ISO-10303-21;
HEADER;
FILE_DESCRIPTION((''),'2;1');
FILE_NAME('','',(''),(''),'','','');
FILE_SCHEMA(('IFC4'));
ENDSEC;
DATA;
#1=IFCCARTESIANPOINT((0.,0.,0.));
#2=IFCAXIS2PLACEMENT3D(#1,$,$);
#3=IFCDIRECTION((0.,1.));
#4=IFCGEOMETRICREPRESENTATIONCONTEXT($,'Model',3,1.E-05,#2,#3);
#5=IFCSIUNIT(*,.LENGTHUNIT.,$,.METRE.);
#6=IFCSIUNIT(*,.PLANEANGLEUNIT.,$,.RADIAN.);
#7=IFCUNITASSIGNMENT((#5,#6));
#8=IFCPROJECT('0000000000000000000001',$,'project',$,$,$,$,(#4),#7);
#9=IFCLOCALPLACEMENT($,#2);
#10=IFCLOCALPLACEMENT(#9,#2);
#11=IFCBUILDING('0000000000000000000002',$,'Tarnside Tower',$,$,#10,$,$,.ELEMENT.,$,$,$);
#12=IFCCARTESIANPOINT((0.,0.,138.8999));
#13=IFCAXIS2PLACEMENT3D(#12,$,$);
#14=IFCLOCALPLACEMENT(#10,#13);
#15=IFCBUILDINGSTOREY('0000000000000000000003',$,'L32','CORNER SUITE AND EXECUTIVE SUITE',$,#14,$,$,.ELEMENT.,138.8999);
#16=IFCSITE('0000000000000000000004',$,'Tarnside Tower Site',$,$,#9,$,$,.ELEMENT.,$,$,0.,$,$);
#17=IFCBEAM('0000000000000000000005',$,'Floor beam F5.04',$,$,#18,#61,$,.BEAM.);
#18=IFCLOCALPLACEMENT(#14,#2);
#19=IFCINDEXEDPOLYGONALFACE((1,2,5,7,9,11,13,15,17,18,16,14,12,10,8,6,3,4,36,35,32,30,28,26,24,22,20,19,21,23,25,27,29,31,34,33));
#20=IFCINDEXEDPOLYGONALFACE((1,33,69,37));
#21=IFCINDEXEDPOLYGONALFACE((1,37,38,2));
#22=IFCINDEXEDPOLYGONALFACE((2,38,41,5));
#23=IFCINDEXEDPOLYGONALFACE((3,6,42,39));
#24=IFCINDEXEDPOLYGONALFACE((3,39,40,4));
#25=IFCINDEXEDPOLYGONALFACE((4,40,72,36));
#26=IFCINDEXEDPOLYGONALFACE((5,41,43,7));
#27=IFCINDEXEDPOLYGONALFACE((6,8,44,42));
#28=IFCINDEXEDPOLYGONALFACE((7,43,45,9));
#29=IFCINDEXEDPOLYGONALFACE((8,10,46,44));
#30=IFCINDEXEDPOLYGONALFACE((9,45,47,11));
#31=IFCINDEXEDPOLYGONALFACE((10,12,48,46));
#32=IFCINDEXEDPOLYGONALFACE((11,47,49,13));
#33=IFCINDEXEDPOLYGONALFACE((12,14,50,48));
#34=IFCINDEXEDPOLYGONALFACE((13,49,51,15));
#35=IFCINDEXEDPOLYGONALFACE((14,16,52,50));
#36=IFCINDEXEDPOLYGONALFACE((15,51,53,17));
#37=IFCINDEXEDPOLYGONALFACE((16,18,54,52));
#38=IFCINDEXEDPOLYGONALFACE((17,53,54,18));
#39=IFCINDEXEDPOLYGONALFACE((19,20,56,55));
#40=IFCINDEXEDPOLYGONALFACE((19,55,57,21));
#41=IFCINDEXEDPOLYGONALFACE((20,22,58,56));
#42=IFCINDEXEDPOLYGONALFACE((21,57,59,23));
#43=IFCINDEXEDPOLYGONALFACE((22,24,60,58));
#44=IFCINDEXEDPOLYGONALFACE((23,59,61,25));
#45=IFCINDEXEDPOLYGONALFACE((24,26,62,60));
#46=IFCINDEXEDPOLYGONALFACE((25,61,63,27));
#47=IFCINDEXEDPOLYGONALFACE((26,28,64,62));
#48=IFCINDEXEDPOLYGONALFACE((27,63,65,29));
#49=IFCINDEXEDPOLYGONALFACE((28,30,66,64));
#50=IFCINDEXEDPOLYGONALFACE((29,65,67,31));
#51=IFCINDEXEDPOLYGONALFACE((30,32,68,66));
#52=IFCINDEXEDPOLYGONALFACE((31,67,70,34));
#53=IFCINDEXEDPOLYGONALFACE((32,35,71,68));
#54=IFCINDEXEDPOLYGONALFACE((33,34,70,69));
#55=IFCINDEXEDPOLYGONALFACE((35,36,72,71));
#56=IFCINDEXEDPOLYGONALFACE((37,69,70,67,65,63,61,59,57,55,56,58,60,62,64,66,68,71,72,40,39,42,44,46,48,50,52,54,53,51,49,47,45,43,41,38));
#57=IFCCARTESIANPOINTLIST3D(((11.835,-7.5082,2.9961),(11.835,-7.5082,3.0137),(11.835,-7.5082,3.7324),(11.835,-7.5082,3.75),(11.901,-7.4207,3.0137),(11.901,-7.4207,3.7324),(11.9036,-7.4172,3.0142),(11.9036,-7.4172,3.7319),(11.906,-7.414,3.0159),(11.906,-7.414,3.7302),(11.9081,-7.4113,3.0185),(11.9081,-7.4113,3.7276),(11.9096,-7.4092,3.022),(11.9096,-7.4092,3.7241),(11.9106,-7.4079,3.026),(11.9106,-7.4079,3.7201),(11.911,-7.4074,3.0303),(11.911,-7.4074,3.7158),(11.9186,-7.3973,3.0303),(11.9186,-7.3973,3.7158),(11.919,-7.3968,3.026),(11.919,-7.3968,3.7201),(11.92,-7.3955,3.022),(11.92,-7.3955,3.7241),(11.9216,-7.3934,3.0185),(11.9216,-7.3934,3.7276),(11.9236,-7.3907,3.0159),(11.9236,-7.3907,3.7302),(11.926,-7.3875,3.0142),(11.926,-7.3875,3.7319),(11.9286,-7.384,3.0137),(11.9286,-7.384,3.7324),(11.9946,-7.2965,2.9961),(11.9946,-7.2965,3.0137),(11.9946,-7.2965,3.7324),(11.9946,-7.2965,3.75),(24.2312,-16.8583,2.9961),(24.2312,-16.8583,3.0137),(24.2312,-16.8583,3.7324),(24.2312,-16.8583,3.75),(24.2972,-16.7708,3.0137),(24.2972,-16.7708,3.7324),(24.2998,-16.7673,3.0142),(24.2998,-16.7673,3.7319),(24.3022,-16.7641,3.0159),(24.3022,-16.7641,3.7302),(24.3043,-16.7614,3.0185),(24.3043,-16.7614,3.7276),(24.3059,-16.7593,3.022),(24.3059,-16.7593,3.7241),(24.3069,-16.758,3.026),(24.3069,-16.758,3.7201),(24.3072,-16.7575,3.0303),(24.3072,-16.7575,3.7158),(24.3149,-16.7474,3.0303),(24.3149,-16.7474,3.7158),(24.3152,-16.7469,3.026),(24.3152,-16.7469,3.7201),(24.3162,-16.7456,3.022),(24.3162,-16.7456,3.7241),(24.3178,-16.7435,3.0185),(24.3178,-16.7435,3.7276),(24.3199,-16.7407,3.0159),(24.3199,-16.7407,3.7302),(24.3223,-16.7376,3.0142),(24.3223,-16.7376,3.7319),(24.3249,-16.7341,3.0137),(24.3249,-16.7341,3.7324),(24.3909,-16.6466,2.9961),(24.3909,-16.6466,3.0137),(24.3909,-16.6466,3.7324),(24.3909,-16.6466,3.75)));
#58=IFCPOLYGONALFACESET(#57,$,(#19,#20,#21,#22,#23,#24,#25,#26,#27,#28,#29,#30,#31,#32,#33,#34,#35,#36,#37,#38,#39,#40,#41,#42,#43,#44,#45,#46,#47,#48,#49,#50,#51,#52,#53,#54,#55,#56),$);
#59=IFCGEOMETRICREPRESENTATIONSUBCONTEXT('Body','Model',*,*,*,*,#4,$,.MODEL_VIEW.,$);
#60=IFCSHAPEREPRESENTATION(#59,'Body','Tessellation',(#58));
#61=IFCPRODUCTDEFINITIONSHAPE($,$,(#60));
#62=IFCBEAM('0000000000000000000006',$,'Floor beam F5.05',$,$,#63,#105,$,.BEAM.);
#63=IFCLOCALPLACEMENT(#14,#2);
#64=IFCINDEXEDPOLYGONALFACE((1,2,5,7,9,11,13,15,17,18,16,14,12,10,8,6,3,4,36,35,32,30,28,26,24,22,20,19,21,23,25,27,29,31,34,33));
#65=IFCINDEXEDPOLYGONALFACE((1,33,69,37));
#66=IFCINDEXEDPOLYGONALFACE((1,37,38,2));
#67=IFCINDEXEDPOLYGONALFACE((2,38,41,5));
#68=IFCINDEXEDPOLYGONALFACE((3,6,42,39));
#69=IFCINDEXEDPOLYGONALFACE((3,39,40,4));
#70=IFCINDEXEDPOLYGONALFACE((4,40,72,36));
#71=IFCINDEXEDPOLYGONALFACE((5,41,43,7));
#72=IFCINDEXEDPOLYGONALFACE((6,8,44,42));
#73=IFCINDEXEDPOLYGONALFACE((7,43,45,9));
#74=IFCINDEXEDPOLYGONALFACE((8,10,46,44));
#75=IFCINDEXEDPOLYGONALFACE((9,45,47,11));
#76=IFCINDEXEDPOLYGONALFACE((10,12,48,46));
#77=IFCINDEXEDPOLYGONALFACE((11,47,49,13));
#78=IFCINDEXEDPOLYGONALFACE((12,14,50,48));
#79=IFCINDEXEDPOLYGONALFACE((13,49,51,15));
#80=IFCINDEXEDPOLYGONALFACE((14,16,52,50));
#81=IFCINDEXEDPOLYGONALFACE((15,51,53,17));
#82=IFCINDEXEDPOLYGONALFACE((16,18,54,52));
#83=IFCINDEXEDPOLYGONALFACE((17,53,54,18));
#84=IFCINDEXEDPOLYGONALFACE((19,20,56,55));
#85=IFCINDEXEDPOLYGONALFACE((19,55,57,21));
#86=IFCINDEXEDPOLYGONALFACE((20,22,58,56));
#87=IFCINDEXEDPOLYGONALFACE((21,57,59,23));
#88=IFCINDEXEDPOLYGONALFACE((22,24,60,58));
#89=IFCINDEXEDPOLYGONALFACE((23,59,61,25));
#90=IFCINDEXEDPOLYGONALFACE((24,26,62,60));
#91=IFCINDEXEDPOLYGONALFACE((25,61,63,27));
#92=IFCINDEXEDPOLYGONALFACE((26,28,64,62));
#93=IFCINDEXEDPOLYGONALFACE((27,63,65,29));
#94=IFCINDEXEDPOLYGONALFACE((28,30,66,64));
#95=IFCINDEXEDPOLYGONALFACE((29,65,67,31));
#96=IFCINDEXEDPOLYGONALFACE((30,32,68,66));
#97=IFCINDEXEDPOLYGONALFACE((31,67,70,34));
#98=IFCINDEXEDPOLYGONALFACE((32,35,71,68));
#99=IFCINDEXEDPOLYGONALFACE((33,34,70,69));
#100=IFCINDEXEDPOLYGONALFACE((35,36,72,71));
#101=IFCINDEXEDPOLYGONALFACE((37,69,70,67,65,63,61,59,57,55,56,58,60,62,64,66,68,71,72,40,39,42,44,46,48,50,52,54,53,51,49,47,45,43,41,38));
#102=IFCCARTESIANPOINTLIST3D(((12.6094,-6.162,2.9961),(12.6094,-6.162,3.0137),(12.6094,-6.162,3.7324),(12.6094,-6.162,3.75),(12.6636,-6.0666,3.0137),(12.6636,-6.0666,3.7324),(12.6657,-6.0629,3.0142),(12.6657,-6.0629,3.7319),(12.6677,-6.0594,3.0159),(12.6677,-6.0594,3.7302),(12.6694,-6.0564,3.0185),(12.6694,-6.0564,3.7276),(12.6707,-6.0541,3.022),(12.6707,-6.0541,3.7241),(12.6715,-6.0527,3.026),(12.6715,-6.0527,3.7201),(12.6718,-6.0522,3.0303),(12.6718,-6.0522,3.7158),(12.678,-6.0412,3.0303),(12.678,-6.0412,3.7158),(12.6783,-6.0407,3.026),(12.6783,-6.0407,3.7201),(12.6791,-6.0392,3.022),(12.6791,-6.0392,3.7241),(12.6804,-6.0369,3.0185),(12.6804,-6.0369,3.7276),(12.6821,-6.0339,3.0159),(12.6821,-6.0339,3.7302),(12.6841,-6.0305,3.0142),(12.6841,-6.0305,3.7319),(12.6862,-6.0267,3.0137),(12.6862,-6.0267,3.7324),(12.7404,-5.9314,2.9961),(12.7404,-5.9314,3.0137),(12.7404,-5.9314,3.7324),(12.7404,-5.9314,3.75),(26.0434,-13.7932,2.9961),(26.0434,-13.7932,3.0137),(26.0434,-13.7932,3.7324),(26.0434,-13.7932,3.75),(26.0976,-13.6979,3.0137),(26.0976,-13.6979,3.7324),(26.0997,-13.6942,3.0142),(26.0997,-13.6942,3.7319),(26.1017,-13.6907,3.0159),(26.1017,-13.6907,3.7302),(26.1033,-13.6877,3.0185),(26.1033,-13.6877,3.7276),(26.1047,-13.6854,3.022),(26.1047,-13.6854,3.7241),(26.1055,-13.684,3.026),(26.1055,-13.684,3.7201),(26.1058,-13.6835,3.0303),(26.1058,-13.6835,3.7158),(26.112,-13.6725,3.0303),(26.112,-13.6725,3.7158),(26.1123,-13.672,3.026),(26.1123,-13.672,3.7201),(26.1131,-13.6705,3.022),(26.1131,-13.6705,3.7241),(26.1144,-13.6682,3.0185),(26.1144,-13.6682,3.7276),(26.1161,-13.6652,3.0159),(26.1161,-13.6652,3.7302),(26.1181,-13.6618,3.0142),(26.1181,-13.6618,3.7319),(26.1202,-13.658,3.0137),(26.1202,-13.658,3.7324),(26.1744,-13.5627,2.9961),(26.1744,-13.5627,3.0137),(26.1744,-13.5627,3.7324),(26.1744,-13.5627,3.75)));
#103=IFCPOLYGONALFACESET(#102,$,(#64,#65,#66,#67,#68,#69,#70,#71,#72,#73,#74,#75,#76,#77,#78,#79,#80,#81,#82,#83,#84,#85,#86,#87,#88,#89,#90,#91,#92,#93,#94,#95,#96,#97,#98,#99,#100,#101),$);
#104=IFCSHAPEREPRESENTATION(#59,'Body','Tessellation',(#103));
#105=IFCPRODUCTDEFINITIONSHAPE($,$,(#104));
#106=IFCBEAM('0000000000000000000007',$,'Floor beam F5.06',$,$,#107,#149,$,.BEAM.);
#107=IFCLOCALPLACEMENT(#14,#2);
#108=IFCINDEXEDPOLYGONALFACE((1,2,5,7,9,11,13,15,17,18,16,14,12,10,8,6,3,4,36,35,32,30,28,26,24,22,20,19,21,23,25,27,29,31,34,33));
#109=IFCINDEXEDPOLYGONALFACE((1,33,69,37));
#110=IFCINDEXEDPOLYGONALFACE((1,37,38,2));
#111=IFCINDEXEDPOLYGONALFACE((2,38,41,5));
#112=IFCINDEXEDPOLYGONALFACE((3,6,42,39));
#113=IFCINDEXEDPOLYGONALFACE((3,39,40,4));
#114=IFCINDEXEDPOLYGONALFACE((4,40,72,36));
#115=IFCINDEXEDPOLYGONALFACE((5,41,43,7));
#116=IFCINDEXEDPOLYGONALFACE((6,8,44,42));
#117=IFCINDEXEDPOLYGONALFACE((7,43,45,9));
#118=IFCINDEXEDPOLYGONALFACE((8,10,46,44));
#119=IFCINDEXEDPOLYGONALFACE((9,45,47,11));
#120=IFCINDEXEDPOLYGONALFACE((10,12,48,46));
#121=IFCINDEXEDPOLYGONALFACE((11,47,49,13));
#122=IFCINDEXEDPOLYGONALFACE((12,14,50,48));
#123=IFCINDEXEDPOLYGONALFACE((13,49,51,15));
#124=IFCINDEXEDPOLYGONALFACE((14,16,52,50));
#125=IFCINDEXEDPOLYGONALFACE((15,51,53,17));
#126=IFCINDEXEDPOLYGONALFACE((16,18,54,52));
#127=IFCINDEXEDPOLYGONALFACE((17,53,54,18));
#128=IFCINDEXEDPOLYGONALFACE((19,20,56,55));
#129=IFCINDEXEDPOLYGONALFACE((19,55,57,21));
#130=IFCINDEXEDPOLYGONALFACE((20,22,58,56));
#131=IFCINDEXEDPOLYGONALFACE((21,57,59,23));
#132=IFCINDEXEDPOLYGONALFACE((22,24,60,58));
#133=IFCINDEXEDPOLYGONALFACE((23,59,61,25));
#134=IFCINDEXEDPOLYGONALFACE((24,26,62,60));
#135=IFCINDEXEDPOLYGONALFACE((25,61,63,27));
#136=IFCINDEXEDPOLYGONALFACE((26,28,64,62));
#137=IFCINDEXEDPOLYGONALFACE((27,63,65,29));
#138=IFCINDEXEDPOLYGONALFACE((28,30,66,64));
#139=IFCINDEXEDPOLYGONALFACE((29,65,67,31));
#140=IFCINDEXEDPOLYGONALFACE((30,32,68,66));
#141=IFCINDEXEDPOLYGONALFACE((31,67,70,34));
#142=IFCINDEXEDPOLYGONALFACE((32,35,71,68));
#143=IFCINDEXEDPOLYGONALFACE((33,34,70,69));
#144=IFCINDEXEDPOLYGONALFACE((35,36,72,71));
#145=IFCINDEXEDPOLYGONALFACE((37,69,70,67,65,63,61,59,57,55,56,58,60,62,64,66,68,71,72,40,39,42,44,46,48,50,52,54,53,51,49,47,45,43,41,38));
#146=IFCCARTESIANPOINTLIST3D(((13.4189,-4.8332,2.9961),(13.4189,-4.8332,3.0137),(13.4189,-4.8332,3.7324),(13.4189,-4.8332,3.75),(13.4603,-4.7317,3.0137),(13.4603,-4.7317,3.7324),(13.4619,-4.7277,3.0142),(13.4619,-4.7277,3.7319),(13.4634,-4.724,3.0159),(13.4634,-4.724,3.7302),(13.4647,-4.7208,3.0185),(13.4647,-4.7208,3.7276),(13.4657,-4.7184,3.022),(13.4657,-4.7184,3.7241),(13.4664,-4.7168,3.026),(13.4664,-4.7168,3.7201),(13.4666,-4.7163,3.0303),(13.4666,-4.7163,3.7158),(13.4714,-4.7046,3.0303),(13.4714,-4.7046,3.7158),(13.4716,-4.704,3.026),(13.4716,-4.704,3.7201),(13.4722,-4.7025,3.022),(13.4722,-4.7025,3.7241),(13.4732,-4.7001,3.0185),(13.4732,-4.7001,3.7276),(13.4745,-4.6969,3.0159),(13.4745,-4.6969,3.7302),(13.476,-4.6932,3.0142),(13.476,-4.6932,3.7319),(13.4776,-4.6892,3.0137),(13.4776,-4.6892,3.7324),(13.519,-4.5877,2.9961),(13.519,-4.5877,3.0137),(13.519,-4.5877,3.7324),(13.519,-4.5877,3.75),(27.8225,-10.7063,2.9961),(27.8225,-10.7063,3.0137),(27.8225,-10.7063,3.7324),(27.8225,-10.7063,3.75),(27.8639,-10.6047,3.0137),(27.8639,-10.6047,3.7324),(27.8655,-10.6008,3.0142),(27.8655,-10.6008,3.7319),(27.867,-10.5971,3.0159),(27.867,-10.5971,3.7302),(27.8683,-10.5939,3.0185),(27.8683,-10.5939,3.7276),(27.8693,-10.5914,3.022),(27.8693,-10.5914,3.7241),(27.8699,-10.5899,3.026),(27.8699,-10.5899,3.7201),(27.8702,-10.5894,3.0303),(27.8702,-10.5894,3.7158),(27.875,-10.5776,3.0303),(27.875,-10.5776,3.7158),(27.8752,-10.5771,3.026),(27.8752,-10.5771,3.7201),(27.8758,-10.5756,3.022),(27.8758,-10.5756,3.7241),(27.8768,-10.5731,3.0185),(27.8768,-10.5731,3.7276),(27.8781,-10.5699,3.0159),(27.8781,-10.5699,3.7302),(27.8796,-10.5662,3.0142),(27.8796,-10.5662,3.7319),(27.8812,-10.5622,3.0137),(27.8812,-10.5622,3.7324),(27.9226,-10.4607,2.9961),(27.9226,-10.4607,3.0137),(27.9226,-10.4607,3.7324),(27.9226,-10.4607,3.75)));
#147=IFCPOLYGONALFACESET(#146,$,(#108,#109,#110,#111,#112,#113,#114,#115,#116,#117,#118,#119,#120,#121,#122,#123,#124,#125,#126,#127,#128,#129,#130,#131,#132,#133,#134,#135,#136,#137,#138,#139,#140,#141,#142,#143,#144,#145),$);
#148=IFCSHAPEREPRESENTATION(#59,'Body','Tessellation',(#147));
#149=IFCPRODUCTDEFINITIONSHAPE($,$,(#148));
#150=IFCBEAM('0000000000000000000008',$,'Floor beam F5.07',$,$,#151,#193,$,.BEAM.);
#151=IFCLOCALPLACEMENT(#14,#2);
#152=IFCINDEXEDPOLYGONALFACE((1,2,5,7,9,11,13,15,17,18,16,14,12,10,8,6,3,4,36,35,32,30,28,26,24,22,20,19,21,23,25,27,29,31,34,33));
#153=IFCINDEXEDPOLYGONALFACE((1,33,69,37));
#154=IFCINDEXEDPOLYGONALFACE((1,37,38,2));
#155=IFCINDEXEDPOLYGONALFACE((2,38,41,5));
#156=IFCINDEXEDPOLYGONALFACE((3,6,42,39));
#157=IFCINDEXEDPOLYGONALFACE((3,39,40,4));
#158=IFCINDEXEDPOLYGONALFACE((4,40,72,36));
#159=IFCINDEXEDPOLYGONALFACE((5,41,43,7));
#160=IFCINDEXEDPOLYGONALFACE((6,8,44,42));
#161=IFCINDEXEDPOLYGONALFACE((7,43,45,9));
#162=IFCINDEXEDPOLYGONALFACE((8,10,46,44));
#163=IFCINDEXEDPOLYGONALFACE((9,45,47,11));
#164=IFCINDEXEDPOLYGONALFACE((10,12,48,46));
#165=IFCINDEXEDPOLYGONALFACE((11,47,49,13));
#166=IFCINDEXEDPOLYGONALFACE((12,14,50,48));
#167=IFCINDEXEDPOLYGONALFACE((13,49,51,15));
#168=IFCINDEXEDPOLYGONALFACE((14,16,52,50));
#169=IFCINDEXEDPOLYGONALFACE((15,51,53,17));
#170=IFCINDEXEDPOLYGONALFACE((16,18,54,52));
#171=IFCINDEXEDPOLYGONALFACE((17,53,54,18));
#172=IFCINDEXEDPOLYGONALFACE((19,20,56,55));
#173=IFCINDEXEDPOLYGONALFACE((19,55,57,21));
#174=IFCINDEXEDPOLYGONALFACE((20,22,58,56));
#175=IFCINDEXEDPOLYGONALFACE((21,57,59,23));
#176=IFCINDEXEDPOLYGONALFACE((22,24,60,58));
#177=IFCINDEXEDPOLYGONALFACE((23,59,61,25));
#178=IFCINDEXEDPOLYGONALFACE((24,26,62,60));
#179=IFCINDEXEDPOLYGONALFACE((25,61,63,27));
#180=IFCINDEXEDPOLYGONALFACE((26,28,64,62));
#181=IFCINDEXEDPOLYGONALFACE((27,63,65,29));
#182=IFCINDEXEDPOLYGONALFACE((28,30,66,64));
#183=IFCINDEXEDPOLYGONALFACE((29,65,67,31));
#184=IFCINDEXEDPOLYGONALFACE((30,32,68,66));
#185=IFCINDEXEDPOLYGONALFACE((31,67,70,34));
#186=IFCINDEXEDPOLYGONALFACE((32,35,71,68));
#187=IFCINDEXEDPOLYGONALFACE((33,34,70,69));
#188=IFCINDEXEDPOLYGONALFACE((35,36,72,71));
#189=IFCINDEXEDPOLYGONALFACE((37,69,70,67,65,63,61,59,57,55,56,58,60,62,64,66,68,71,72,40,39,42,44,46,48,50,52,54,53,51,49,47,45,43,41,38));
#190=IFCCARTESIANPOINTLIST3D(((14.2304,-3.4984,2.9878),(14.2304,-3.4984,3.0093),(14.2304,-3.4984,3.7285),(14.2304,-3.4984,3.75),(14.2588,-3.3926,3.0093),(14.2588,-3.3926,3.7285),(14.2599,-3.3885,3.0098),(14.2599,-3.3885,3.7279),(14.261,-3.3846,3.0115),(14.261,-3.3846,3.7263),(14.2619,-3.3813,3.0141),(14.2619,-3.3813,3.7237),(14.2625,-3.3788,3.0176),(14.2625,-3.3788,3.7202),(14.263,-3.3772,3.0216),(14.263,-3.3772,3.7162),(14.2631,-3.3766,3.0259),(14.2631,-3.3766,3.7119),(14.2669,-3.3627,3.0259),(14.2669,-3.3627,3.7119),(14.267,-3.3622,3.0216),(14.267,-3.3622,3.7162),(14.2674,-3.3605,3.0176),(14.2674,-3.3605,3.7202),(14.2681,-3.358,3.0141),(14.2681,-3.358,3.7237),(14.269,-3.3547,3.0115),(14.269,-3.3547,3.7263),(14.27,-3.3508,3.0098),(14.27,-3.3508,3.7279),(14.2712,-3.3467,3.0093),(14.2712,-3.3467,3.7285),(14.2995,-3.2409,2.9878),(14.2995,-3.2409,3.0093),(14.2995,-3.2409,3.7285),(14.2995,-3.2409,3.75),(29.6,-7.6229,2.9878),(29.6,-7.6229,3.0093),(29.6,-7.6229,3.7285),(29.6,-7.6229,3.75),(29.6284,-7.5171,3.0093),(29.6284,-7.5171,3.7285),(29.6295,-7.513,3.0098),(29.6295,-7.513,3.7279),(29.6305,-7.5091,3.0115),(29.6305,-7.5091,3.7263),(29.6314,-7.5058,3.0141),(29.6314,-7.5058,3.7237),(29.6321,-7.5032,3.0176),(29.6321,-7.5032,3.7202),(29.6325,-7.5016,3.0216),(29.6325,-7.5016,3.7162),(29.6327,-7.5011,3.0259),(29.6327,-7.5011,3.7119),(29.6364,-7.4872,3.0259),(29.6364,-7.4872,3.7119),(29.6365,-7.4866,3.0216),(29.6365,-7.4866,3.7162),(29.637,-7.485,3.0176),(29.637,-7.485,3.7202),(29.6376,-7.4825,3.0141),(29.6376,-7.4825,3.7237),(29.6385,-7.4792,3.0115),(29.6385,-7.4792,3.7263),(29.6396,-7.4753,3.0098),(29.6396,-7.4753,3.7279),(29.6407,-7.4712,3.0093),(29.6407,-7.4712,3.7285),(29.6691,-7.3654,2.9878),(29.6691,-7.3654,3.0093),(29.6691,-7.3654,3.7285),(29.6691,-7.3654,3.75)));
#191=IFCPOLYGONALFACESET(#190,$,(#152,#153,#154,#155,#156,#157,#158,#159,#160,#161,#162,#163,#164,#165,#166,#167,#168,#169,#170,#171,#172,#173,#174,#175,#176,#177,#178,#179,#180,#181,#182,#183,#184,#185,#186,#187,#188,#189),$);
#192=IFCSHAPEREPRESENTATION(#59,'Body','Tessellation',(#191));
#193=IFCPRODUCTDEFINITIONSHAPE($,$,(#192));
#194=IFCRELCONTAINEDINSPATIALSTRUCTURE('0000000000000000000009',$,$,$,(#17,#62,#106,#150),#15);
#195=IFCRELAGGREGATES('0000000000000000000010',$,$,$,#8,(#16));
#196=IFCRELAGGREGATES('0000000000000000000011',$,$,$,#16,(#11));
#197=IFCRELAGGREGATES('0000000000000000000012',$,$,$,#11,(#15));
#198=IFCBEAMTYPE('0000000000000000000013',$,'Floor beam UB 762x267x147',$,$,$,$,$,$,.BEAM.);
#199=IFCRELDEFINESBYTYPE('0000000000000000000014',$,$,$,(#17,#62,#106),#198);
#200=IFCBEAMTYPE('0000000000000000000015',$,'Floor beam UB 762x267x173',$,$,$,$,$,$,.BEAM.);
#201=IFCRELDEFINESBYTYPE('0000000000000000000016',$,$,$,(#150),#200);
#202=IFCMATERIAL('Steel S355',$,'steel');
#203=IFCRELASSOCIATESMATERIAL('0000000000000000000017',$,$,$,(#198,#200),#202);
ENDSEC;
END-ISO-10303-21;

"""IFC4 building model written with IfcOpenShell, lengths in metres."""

from ifc_helpers import new_model, si_unit, direction, frame, origin, origin_2d, place, context, subcontext, project, spatial, i_section, extrude, material, material_profile, profile_set, type_object, element, save


model = new_model("IFC4")

# Units and contexts
model_context = context("Model", 3, precision=1e-05, world=origin(), true_north=direction((0.0, 1.0)))
body_context = subcontext(model_context, "Body", "Model", "MODEL_VIEW")
ifc_project = project(units=[si_unit("LENGTHUNIT", "METRE"), si_unit("PLANEANGLEUNIT", "RADIAN")], contexts=[model_context])

# Site, building, storey
site_placement = place(None, origin())
site = spatial("IfcSite", under=ifc_project, at=site_placement, Name="Tarnside Tower Site", CompositionType="ELEMENT", RefElevation=0.0)
building_placement = place(site_placement, origin())
building = spatial("IfcBuilding", under=site, at=building_placement, Name="Tarnside Tower", CompositionType="ELEMENT")
storey_placement = place(building_placement, frame((0.0, 0.0, 138.8999)))
storey = spatial("IfcBuildingStorey", under=building, at=storey_placement, Name="L32", Description="CORNER SUITE AND EXECUTIVE SUITE", CompositionType="ELEMENT", Elevation=138.8999)

# Beams
ifc_material_1 = material(Name="Steel S355", Category="steel")
ifc_material_profile_1 = material_profile(ifc_material_1, i_section(OverallWidth=0.2651, OverallDepth=0.7539, WebThickness=0.0127, FlangeThickness=0.0176, FilletRadius=0.0166, at=origin_2d()), Name="UB 762x267x147")
ifc_profile_set_1 = profile_set([ifc_material_profile_1], Name="Steel S355")
beam_type_1 = type_object("IfcBeamType", Name="Floor beam UB 762x267x147", PredefinedType="BEAM", material=ifc_profile_set_1)
beam_1_placement = place(storey_placement, frame((24.311, -16.7524, 3.373), z_axis=(-0.798361, 0.602179, 0.0), x_axis=(-0.602179, -0.798361, 0.0)))
element("IfcBeam", 1, at=beam_1_placement, inside=storey, type_object=beam_type_1, Name="Floor beam F5.04", PredefinedType="BEAM", context=body_context, shape_type="SweptSolid", body=[
    extrude(i_section(OverallWidth=0.2651, OverallDepth=0.7539, WebThickness=0.0127, FlangeThickness=0.0176, FilletRadius=0.0166, at=origin_2d()), origin(), (0.0, 0.0, 1.0), 15.5271),
])
beam_2_placement = place(storey_placement, frame((26.1089, -13.678, 3.373), z_axis=(-0.869503, 0.493929, 0.0), x_axis=(-0.493929, -0.869503, 0.0)))
element("IfcBeam", 2, at=beam_2_placement, inside=storey, type_object=beam_type_1, Name="Floor beam F5.05", PredefinedType="BEAM", context=body_context, shape_type="SweptSolid", body=[
    extrude(i_section(OverallWidth=0.2651, OverallDepth=0.7539, WebThickness=0.0127, FlangeThickness=0.0176, FilletRadius=0.0166, at=origin_2d()), origin(), (0.0, 0.0, 1.0), 15.4502),
])
beam_3_placement = place(storey_placement, frame((27.8726, -10.5835, 3.373), z_axis=(-0.925982, 0.377569, 0.0), x_axis=(-0.377569, -0.925982, 0.0)))
element("IfcBeam", 3, at=beam_3_placement, inside=storey, type_object=beam_type_1, Name="Floor beam F5.06", PredefinedType="BEAM", context=body_context, shape_type="SweptSolid", body=[
    extrude(i_section(OverallWidth=0.2651, OverallDepth=0.7539, WebThickness=0.0127, FlangeThickness=0.0176, FilletRadius=0.0166, at=origin_2d()), origin(), (0.0, 0.0, 1.0), 15.5549),
])
ifc_material_profile_2 = material_profile(ifc_material_1, i_section(OverallWidth=0.2666, OverallDepth=0.7622, WebThickness=0.0144, FlangeThickness=0.0215, FilletRadius=0.0166, at=origin_2d()), Name="UB 762x267x173")
ifc_profile_set_2 = profile_set([ifc_material_profile_2], Name="Steel S355")
beam_type_2 = type_object("IfcBeamType", Name="Floor beam UB 762x267x173", PredefinedType="BEAM", material=ifc_profile_set_2)
beam_4_placement = place(storey_placement, frame((29.6345, -7.4941, 3.3689), z_axis=(-0.965828, 0.259184, 0.0), x_axis=(-0.259184, -0.965828, 0.0)))
element("IfcBeam", 4, at=beam_4_placement, inside=storey, type_object=beam_type_2, Name="Floor beam F5.07", PredefinedType="BEAM", context=body_context, shape_type="SweptSolid", body=[
    extrude(i_section(OverallWidth=0.2666, OverallDepth=0.7622, WebThickness=0.0144, FlangeThickness=0.0215, FilletRadius=0.0166, at=origin_2d()), origin(), (0.0, 0.0, 1.0), 15.9133),
])

save(model, "model.ifc")
